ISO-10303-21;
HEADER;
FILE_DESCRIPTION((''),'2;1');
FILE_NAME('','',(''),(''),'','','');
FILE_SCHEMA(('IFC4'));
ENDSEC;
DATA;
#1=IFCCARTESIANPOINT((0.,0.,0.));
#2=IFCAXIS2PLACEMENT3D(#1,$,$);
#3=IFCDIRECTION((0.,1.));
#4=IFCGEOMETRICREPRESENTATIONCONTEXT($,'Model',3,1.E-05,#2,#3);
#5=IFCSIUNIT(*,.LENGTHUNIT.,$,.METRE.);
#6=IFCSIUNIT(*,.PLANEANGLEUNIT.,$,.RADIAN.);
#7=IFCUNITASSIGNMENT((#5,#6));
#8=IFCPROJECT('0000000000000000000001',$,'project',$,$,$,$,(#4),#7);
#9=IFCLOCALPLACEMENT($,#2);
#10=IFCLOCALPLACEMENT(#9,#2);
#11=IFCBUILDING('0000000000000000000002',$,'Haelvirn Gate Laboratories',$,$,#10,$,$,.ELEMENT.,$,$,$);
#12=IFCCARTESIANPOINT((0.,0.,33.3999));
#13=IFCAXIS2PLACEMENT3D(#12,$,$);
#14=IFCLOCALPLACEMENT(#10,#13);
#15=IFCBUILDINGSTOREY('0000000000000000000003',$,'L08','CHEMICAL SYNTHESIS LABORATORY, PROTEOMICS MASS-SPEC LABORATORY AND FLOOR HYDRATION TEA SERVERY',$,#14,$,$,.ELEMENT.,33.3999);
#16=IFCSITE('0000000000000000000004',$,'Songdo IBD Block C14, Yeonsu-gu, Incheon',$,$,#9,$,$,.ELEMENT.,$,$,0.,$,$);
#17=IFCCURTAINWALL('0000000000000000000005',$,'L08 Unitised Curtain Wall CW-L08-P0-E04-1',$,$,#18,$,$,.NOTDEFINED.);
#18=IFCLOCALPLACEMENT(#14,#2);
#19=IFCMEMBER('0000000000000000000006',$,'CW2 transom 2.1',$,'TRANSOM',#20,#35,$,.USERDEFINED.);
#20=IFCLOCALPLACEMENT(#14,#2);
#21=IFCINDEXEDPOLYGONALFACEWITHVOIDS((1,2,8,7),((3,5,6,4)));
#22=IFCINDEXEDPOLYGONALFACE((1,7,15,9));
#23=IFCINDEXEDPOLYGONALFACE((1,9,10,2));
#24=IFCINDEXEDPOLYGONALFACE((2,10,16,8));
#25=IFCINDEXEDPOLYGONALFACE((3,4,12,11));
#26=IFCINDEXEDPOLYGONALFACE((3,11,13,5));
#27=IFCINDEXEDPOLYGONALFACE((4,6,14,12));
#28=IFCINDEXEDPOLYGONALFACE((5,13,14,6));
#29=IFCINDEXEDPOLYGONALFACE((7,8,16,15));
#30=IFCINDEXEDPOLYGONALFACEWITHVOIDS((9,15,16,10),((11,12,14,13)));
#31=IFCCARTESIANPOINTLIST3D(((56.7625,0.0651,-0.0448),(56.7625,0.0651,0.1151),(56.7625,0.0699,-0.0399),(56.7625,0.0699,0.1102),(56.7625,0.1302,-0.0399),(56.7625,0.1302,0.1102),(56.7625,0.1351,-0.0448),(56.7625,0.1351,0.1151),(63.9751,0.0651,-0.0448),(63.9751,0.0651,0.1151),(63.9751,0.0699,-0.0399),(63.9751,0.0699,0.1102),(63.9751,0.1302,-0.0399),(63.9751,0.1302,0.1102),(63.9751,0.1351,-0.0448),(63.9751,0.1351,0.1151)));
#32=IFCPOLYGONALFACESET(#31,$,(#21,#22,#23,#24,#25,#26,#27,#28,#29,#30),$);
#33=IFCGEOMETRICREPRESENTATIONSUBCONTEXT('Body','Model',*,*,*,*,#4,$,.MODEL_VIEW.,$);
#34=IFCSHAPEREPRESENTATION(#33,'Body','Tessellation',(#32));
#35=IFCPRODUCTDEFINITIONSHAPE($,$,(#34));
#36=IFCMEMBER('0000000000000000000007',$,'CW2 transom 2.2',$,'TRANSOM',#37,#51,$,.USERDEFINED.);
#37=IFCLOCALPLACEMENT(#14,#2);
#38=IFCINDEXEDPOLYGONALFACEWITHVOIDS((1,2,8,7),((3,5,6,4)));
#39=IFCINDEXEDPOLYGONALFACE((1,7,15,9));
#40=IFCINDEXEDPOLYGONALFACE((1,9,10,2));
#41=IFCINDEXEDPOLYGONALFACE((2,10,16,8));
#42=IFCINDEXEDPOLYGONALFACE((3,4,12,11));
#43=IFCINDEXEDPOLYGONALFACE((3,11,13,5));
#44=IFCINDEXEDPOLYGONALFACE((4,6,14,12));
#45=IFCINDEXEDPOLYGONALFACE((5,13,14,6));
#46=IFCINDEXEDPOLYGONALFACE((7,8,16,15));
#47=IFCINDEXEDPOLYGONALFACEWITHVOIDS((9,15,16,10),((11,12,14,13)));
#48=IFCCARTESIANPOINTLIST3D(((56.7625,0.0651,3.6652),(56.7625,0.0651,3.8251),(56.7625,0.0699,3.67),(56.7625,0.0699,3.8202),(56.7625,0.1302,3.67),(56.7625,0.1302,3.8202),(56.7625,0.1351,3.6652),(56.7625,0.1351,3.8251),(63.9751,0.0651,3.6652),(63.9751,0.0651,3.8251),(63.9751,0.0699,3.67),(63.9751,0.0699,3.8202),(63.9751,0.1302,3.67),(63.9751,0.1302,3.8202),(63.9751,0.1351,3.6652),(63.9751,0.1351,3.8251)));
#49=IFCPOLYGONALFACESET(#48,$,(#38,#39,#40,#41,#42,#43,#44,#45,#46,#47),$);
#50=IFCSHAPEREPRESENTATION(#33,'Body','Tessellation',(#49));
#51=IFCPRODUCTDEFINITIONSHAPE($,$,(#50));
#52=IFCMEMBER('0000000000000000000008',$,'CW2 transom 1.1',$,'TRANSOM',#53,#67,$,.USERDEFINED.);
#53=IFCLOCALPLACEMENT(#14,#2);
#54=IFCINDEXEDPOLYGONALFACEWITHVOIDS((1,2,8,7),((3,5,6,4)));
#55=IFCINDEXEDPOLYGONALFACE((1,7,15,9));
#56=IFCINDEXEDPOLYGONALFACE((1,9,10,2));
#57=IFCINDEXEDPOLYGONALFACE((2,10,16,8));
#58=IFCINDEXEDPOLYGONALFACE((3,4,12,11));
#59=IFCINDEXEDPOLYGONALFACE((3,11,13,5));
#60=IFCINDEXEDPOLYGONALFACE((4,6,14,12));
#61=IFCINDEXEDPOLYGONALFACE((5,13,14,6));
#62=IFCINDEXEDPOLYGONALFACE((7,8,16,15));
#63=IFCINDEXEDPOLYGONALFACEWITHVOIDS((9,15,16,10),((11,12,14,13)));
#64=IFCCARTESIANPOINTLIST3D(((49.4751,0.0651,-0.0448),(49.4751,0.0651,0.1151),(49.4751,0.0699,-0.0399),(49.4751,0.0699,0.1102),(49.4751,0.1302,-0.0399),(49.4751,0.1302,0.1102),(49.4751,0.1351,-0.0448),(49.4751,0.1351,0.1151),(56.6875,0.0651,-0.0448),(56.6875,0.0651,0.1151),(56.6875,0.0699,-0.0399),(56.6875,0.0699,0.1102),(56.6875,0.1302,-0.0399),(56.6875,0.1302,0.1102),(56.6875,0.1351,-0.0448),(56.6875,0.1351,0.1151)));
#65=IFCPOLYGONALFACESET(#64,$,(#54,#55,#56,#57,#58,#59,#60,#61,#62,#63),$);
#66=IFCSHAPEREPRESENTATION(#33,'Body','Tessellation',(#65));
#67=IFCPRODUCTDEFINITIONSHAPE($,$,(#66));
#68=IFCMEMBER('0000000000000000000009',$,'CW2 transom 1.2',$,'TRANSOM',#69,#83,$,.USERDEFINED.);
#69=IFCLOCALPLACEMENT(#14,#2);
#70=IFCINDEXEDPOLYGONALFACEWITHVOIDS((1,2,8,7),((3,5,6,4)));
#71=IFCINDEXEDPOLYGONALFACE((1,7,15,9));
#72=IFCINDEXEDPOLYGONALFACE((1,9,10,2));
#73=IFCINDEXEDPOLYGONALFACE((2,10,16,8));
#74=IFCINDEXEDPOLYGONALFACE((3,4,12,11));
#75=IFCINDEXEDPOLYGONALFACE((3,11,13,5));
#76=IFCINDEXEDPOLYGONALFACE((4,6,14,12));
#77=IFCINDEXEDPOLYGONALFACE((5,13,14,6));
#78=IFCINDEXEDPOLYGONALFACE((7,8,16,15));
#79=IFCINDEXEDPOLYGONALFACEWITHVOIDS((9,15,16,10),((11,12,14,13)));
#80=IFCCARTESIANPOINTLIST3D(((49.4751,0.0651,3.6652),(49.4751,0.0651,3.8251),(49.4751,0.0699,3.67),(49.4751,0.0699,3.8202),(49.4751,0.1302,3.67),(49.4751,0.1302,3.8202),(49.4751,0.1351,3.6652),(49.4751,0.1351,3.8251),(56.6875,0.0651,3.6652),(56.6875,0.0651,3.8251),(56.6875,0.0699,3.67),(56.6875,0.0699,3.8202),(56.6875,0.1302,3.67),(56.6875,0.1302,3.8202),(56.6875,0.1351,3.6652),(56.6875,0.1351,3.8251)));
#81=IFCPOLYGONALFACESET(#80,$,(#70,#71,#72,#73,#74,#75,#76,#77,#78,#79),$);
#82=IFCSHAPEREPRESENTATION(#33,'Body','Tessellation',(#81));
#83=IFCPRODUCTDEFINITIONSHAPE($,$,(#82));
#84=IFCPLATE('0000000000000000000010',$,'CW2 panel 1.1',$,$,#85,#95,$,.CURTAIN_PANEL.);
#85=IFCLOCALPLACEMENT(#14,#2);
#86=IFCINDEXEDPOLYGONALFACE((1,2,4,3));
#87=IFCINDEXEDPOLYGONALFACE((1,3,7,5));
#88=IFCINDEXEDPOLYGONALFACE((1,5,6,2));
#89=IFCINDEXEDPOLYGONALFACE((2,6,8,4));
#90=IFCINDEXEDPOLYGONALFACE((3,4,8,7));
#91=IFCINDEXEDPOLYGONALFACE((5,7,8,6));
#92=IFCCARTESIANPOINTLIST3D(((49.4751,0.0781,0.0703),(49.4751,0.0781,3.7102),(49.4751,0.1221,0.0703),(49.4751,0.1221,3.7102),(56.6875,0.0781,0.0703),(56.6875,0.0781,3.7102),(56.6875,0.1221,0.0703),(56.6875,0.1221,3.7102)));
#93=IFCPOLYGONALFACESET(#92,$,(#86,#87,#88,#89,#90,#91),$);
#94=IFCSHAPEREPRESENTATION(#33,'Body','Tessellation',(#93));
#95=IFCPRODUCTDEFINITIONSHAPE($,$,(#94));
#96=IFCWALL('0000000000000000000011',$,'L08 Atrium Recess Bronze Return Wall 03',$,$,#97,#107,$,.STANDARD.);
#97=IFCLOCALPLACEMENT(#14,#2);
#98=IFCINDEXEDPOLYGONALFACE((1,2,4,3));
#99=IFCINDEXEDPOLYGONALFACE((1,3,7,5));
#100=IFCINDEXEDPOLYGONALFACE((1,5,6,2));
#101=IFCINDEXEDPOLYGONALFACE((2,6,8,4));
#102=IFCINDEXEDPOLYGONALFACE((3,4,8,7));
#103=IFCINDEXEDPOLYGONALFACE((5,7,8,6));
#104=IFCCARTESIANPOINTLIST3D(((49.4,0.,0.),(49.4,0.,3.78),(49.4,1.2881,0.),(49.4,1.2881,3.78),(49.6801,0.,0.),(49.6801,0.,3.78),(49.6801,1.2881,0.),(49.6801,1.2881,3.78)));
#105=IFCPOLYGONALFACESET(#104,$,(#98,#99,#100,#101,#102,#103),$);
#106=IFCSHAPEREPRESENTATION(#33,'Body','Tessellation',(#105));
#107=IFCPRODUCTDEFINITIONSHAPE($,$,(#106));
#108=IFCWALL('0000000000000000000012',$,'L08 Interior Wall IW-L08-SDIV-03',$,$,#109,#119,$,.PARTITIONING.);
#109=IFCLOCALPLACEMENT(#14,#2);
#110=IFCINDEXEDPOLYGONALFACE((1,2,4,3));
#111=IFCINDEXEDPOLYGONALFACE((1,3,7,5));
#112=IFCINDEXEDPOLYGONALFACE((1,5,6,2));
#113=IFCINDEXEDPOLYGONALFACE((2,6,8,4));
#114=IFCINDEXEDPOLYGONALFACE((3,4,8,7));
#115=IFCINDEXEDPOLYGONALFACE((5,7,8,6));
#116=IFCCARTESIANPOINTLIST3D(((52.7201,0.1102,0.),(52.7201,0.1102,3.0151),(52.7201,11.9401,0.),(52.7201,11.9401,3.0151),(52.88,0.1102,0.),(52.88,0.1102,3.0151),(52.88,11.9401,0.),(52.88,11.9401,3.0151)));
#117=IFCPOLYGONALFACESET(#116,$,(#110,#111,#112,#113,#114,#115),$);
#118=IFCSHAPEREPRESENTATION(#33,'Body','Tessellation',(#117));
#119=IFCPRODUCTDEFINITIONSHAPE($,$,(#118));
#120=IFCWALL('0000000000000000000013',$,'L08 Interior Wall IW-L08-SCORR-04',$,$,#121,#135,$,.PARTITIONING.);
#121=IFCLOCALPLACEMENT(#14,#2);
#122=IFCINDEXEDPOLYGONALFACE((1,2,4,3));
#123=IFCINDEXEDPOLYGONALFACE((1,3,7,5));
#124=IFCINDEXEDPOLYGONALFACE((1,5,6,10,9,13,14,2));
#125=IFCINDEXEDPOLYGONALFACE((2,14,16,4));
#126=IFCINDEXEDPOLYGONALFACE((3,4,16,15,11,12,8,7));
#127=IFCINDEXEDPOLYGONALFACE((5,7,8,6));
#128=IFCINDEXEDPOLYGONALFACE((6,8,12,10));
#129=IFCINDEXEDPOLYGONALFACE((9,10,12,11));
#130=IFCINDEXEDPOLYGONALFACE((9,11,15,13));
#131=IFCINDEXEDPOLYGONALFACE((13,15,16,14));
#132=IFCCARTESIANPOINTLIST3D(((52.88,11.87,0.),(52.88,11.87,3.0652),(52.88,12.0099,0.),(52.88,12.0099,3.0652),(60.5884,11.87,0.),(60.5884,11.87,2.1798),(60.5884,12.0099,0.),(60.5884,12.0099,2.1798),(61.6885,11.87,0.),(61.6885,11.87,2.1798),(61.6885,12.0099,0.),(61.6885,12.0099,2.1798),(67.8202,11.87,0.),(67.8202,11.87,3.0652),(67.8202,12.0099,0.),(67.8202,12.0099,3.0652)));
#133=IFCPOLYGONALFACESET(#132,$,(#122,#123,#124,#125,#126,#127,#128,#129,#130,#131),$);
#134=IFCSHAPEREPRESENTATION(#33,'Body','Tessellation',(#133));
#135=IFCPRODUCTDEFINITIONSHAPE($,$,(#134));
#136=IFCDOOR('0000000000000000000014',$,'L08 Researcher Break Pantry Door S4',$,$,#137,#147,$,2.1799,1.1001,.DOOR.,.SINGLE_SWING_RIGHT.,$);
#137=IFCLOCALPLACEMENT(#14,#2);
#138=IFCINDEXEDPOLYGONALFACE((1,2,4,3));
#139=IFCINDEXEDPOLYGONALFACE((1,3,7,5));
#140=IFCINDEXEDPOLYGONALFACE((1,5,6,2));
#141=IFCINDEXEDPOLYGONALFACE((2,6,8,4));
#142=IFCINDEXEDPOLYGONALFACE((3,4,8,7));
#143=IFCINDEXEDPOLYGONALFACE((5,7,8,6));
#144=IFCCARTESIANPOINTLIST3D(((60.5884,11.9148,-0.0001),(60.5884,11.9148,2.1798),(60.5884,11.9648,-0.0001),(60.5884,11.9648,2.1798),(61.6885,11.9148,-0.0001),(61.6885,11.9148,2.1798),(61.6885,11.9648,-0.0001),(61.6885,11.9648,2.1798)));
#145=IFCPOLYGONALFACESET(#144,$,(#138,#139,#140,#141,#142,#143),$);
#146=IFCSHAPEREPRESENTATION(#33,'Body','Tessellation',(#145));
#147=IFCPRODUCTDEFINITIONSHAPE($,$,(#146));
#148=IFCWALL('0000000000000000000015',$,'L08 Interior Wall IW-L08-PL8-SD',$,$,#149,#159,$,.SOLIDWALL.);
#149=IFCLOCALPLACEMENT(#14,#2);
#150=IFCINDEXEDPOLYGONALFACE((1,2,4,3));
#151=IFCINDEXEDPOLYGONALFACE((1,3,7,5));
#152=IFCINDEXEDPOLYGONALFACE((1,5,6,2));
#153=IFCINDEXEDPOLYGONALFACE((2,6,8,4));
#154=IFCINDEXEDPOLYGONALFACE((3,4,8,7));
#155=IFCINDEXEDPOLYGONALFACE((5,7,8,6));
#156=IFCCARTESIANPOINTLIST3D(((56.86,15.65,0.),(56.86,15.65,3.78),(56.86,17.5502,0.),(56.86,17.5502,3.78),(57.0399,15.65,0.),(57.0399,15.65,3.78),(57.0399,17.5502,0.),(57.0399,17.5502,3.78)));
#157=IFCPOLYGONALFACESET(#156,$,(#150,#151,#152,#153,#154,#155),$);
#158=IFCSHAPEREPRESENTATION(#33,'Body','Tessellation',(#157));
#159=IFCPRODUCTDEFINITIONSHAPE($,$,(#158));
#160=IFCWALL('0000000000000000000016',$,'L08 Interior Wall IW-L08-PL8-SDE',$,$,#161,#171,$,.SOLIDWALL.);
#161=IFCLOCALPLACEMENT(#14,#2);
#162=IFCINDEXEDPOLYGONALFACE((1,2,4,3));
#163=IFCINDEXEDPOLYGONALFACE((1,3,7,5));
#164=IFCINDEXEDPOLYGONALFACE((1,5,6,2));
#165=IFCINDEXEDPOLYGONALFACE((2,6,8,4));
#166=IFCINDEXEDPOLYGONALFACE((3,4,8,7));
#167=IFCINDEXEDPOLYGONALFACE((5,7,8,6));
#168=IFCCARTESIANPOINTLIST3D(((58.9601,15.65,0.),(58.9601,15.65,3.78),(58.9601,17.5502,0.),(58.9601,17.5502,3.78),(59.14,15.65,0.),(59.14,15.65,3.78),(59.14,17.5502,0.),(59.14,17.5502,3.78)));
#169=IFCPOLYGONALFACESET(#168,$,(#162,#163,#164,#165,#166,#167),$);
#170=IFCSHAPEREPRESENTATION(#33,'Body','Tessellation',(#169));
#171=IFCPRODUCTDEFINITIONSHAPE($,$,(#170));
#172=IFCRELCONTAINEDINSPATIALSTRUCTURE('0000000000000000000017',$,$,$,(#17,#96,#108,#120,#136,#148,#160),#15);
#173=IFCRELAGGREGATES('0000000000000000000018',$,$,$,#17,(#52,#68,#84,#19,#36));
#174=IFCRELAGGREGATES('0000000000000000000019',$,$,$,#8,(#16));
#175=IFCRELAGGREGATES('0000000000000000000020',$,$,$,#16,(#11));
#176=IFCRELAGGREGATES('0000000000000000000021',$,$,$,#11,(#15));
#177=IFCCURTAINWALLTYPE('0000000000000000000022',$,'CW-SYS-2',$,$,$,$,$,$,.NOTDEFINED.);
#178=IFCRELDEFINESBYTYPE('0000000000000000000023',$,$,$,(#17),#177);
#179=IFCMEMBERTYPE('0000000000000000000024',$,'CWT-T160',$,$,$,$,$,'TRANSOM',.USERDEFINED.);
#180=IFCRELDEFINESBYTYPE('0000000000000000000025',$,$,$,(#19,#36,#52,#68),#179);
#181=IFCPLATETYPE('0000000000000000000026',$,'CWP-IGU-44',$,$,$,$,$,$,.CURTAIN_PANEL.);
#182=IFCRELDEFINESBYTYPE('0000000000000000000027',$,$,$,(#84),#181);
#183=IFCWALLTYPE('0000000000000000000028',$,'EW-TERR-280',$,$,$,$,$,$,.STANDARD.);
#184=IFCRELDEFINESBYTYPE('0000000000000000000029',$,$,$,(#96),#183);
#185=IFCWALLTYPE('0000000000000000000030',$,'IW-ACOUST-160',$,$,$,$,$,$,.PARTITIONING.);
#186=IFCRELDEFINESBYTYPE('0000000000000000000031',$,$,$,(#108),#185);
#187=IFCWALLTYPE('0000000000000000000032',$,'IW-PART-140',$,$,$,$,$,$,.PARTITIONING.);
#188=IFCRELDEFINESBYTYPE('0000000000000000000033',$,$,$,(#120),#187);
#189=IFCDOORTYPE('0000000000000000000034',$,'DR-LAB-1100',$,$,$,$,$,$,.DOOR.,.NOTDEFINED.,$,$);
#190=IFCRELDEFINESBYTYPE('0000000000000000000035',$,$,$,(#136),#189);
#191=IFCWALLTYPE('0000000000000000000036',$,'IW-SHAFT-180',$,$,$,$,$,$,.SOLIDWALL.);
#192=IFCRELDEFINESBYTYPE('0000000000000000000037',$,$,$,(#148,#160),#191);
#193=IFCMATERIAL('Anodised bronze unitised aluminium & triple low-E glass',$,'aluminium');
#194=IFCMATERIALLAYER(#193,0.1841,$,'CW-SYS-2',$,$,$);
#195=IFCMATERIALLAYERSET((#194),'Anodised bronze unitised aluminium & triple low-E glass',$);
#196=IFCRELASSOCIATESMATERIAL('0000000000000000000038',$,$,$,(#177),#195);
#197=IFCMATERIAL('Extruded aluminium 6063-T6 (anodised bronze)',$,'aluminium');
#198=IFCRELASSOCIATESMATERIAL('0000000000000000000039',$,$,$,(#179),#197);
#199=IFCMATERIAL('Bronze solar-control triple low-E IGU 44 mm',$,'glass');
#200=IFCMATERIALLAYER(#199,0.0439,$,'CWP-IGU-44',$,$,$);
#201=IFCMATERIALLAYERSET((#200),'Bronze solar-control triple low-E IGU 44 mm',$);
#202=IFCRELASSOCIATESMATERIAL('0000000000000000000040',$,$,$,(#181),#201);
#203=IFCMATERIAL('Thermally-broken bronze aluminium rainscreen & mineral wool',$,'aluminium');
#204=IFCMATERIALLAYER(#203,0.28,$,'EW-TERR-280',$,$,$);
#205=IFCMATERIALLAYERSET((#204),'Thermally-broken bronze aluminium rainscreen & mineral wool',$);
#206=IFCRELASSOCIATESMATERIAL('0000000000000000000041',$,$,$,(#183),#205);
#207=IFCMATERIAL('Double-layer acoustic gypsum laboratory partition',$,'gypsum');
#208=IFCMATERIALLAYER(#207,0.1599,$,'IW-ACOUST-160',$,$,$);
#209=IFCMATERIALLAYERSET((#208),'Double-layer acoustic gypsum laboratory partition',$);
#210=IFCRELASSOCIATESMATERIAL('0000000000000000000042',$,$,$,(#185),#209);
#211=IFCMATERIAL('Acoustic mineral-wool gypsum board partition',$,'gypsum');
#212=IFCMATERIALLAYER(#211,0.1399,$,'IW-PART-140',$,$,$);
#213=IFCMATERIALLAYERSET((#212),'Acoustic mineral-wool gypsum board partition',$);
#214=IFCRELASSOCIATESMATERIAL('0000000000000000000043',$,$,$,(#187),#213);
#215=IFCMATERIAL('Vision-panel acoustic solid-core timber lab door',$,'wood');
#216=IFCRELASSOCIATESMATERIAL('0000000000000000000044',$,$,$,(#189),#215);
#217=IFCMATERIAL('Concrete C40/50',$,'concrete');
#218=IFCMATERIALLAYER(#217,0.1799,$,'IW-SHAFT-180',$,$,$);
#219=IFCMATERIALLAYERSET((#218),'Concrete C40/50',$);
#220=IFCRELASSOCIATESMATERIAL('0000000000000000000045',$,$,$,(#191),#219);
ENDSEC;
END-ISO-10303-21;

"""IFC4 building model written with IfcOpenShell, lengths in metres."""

from ifc_helpers import new_model, si_unit, direction, frame, frame_2d, origin, origin_2d, place, context, subcontext, project, spatial, rectangle, hollow_rectangle, extrude, source, transform, mapped, material, layer, layer_set, material_profile, profile_set, type_object, type_shapes, element, fill, aggregate, save


model = new_model("IFC4")

# Units and contexts
model_context = context("Model", 3, precision=1e-05, world=origin(), true_north=direction((0.0, 1.0)))
body_context = subcontext(model_context, "Body", "Model", "MODEL_VIEW")
ifc_project = project(units=[si_unit("LENGTHUNIT", "METRE"), si_unit("PLANEANGLEUNIT", "RADIAN")], contexts=[model_context])

# Site, building, storey
site_placement = place(None, origin())
site = spatial("IfcSite", under=ifc_project, at=site_placement, Name="Songdo IBD Block C14, Yeonsu-gu, Incheon", CompositionType="ELEMENT", RefElevation=0.0)
building_placement = place(site_placement, origin())
building = spatial("IfcBuilding", under=site, at=building_placement, Name="Haelvirn Gate Laboratories", CompositionType="ELEMENT")
storey_placement = place(building_placement, frame((0.0, 0.0, 33.3999)))
storey = spatial("IfcBuildingStorey", under=building, at=storey_placement, Name="L08", Description="CHEMICAL SYNTHESIS LABORATORY, PROTEOMICS MASS-SPEC LABORATORY AND FLOOR HYDRATION TEA SERVERY", CompositionType="ELEMENT", Elevation=33.3999)

# Shared definitions
ifc_material_1 = material(Name="Anodised bronze unitised aluminium & triple low-E glass", Category="aluminium")
ifc_layer_1 = layer(ifc_material_1, 0.1841, Name="CW-SYS-2")
ifc_layer_set_1 = layer_set([ifc_layer_1], Name="Anodised bronze unitised aluminium & triple low-E glass")
curtain_wall_type = type_object("IfcCurtainWallType", Name="CW-SYS-2", PredefinedType="NOTDEFINED", material=ifc_layer_set_1)
ifc_material_2 = material(Name="Extruded aluminium 6063-T6 (anodised bronze)", Category="aluminium")

# Curtain wall, members, plate
curtain_wall_1_placement = place(storey_placement, origin())
curtain_wall_1 = element("IfcCurtainWall", 1, at=curtain_wall_1_placement, inside=storey, type_object=curtain_wall_type, Name="L08 Unitised Curtain Wall CW-L08-P0-E04-1", PredefinedType="NOTDEFINED")
ifc_material_profile_1 = material_profile(ifc_material_2, hollow_rectangle(XDim=0.0701, YDim=0.1599, WallThickness=0.0049, at=origin_2d()), Name="CWT-160x70x5")
ifc_profile_set_1 = profile_set([ifc_material_profile_1], Name="Extruded aluminium 6063-T6 (anodised bronze)")
member_type_1 = type_object("IfcMemberType", Name="CWT-T160", ElementType="TRANSOM", PredefinedType="USERDEFINED", material=ifc_profile_set_1)
shared_shape_1 = source(origin(), body_context, "Body", "SweptSolid", [
    extrude(hollow_rectangle(XDim=0.0701, YDim=0.1599, WallThickness=0.0049, at=origin_2d()), origin(), (0.0, 0.0, 1.0), 7.2126),
])
member_1_placement = place(storey_placement, frame((56.7625, 0.1001, 0.0352), z_axis=(1.0, 0.0, 0.0), x_axis=(0.0, 1.0, 0.0)))
member_1 = element("IfcMember", 2, at=member_1_placement, type_object=member_type_1, Name="CW2 transom 2.1", ObjectType="TRANSOM", PredefinedType="USERDEFINED", context=body_context, shape_type="MappedRepresentation", body=[
    mapped(shared_shape_1, transform((0.0, 0.0, 0.0), scale=1.0)),
])
member_2_placement = place(storey_placement, frame((56.7625, 0.1001, 3.7451), z_axis=(1.0, 0.0, 0.0), x_axis=(0.0, 1.0, 0.0)))
member_2 = element("IfcMember", 3, at=member_2_placement, type_object=member_type_1, Name="CW2 transom 2.2", ObjectType="TRANSOM", PredefinedType="USERDEFINED", context=body_context, shape_type="MappedRepresentation", body=[
    mapped(shared_shape_1, transform((0.0, 0.0, 0.0), scale=1.0)),
])
shared_shape_2 = source(origin(), body_context, "Body", "SweptSolid", [
    extrude(hollow_rectangle(XDim=0.0701, YDim=0.1599, WallThickness=0.0049, at=origin_2d()), origin(), (0.0, 0.0, 1.0), 7.2124),
])
type_shapes(member_type_1, [shared_shape_1, shared_shape_2])
member_3_placement = place(storey_placement, frame((49.4751, 0.1001, 0.0352), z_axis=(1.0, 0.0, 0.0), x_axis=(0.0, 1.0, 0.0)))
member_3 = element("IfcMember", 4, at=member_3_placement, type_object=member_type_1, Name="CW2 transom 1.1", ObjectType="TRANSOM", PredefinedType="USERDEFINED", context=body_context, shape_type="MappedRepresentation", body=[
    mapped(shared_shape_2, transform((0.0, 0.0, 0.0), scale=1.0)),
])
member_4_placement = place(storey_placement, frame((49.4751, 0.1001, 3.7451), z_axis=(1.0, 0.0, 0.0), x_axis=(0.0, 1.0, 0.0)))
member_4 = element("IfcMember", 5, at=member_4_placement, type_object=member_type_1, Name="CW2 transom 1.2", ObjectType="TRANSOM", PredefinedType="USERDEFINED", context=body_context, shape_type="MappedRepresentation", body=[
    mapped(shared_shape_2, transform((0.0, 0.0, 0.0), scale=1.0)),
])
ifc_material_3 = material(Name="Bronze solar-control triple low-E IGU 44 mm", Category="glass")
ifc_layer_2 = layer(ifc_material_3, 0.0439, Name="CWP-IGU-44")
ifc_layer_set_2 = layer_set([ifc_layer_2], Name="Bronze solar-control triple low-E IGU 44 mm")
plate_type = type_object("IfcPlateType", Name="CWP-IGU-44", PredefinedType="CURTAIN_PANEL", material=ifc_layer_set_2)
shared_shape_3 = source(origin(), body_context, "Body", "SweptSolid", [
    extrude(rectangle(XDim=7.2124, YDim=0.0439, at=origin_2d()), origin(), (0.0, 0.0, 1.0), 3.6399),
])
type_shapes(plate_type, [shared_shape_3])
plate_placement = place(storey_placement, frame((53.0813, 0.1001, 0.0703), z_axis=(0.0, 0.0, 1.0), x_axis=(1.0, 0.0, 0.0)))
plate = element("IfcPlate", 6, at=plate_placement, type_object=plate_type, Name="CW2 panel 1.1", PredefinedType="CURTAIN_PANEL", context=body_context, shape_type="MappedRepresentation", body=[
    mapped(shared_shape_3, transform((0.0, 0.0, 0.0), scale=1.0)),
])
aggregate(curtain_wall_1, [member_3, member_4, plate, member_1, member_2])

# Walls
ifc_material_4 = material(Name="Thermally-broken bronze aluminium rainscreen & mineral wool", Category="aluminium")
ifc_layer_3 = layer(ifc_material_4, 0.28, Name="EW-TERR-280")
ifc_layer_set_3 = layer_set([ifc_layer_3], Name="Thermally-broken bronze aluminium rainscreen & mineral wool")
wall_type_1 = type_object("IfcWallType", Name="EW-TERR-280", PredefinedType="STANDARD", material=ifc_layer_set_3)
wall_1_placement = place(storey_placement, frame((49.54, 1.2881, 0.0), z_axis=(0.0, 0.0, 1.0), x_axis=(0.0, -1.0, 0.0)))
element("IfcWall", 7, at=wall_1_placement, inside=storey, type_object=wall_type_1, Name="L08 Atrium Recess Bronze Return Wall 03", PredefinedType="STANDARD", context=body_context, shape_type="SweptSolid", body=[
    extrude(rectangle(XDim=1.2881, YDim=0.28, at=frame_2d((0.644, 0.0))), origin(), (0.0, 0.0, 1.0), 3.78),
])
ifc_material_5 = material(Name="Double-layer acoustic gypsum laboratory partition", Category="gypsum")
ifc_layer_4 = layer(ifc_material_5, 0.1599, Name="IW-ACOUST-160")
ifc_layer_set_4 = layer_set([ifc_layer_4], Name="Double-layer acoustic gypsum laboratory partition")
wall_type_2 = type_object("IfcWallType", Name="IW-ACOUST-160", PredefinedType="PARTITIONING", material=ifc_layer_set_4)
wall_2_placement = place(storey_placement, frame((52.8, 0.1101, 0.0), z_axis=(0.0, 0.0, 1.0), x_axis=(0.0, 1.0, 0.0)))
element("IfcWall", 8, at=wall_2_placement, inside=storey, type_object=wall_type_2, Name="L08 Interior Wall IW-L08-SDIV-03", PredefinedType="PARTITIONING", context=body_context, shape_type="SweptSolid", body=[
    extrude(rectangle(XDim=11.8298, YDim=0.1599, at=frame_2d((5.915, 0.0))), origin(), (0.0, 0.0, 1.0), 3.0151),
])

# Wall, opening, door
ifc_material_6 = material(Name="Acoustic mineral-wool gypsum board partition", Category="gypsum")
ifc_layer_5 = layer(ifc_material_6, 0.1399, Name="IW-PART-140")
ifc_layer_set_5 = layer_set([ifc_layer_5], Name="Acoustic mineral-wool gypsum board partition")
wall_type_3 = type_object("IfcWallType", Name="IW-PART-140", PredefinedType="PARTITIONING", material=ifc_layer_set_5)
wall_3_placement = place(storey_placement, frame((52.8799, 11.9399, 0.0), z_axis=(0.0, 0.0, 1.0), x_axis=(1.0, 0.0, 0.0)))
wall_3 = element("IfcWall", 9, at=wall_3_placement, inside=storey, type_object=wall_type_3, Name="L08 Interior Wall IW-L08-SCORR-04", PredefinedType="PARTITIONING", context=body_context, shape_type="SweptSolid", body=[
    extrude(rectangle(XDim=14.9402, YDim=0.1399, at=frame_2d((7.4702, 0.0))), origin(), (0.0, 0.0, 1.0), 3.0652),
])
opening_1_placement = place(wall_3_placement, frame((7.7085, 0.0, 0.0)))
opening_1 = element("IfcOpeningElement", 10, at=opening_1_placement, cuts=wall_3, PredefinedType="OPENING", context=body_context, shape_type="SweptSolid", body=[
    extrude(rectangle(XDim=1.1001, YDim=2.1799, at=frame_2d((0.55, 1.0898))), frame((0.0, 0.0801, 0.0), z_axis=(0.0, -1.0, 0.0), x_axis=(1.0, 0.0, 0.0)), (0.0, 0.0, 1.0), 0.1599),
])
ifc_material_7 = material(Name="Vision-panel acoustic solid-core timber lab door", Category="wood")
door_type_1 = type_object("IfcDoorType", Name="DR-LAB-1100", OperationType="NOTDEFINED", PredefinedType="DOOR", material=ifc_material_7)
shared_shape_4 = source(origin(), body_context, "Body", "SweptSolid", [
    extrude(rectangle(XDim=1.1001, YDim=2.1799, at=frame_2d((0.55, 1.0898))), frame((0.0, 0.0249, 0.0), z_axis=(0.0, -1.0, 0.0), x_axis=(1.0, 0.0, 0.0)), (0.0, 0.0, 1.0), 0.05),
])
type_shapes(door_type_1, [shared_shape_4])
door_1_placement = place(opening_1_placement, origin())
door_1 = element("IfcDoor", 11, at=door_1_placement, inside=storey, type_object=door_type_1, Name="L08 Researcher Break Pantry Door S4", OperationType="SINGLE_SWING_RIGHT", OverallHeight=2.1799, OverallWidth=1.1001, PredefinedType="DOOR", context=body_context, shape_type="MappedRepresentation", body=[
    mapped(shared_shape_4, transform((0.0, 0.0, 0.0), scale=1.0)),
])
fill(opening_1, door_1)

# Walls
ifc_material_8 = material(Name="Concrete C40/50", Category="concrete")
ifc_layer_6 = layer(ifc_material_8, 0.1799, Name="IW-SHAFT-180")
ifc_layer_set_6 = layer_set([ifc_layer_6], Name="Concrete C40/50")
wall_type_4 = type_object("IfcWallType", Name="IW-SHAFT-180", PredefinedType="SOLIDWALL", material=ifc_layer_set_6)
for number, where, z_axis, x_axis, name in (
    (12, (56.95, 15.6499, 0.0), (0.0, 0.0, 1.0), (0.0, 1.0, 0.0), "L08 Interior Wall IW-L08-PL8-SD"),
    (13, (59.05, 15.6499, 0.0), (0.0, 0.0, 1.0), (0.0, 1.0, 0.0), "L08 Interior Wall IW-L08-PL8-SDE"),
):
    element("IfcWall", number, at=place(storey_placement, frame(where, z_axis=z_axis, x_axis=x_axis)), inside=storey, type_object=wall_type_4, Name=name, PredefinedType="SOLIDWALL", context=body_context, shape_type="SweptSolid", body=[
        extrude(rectangle(XDim=1.9001, YDim=0.1799, at=frame_2d((0.9502, 0.0))), origin(), (0.0, 0.0, 1.0), 3.78),
    ])

save(model, "model.ifc")
